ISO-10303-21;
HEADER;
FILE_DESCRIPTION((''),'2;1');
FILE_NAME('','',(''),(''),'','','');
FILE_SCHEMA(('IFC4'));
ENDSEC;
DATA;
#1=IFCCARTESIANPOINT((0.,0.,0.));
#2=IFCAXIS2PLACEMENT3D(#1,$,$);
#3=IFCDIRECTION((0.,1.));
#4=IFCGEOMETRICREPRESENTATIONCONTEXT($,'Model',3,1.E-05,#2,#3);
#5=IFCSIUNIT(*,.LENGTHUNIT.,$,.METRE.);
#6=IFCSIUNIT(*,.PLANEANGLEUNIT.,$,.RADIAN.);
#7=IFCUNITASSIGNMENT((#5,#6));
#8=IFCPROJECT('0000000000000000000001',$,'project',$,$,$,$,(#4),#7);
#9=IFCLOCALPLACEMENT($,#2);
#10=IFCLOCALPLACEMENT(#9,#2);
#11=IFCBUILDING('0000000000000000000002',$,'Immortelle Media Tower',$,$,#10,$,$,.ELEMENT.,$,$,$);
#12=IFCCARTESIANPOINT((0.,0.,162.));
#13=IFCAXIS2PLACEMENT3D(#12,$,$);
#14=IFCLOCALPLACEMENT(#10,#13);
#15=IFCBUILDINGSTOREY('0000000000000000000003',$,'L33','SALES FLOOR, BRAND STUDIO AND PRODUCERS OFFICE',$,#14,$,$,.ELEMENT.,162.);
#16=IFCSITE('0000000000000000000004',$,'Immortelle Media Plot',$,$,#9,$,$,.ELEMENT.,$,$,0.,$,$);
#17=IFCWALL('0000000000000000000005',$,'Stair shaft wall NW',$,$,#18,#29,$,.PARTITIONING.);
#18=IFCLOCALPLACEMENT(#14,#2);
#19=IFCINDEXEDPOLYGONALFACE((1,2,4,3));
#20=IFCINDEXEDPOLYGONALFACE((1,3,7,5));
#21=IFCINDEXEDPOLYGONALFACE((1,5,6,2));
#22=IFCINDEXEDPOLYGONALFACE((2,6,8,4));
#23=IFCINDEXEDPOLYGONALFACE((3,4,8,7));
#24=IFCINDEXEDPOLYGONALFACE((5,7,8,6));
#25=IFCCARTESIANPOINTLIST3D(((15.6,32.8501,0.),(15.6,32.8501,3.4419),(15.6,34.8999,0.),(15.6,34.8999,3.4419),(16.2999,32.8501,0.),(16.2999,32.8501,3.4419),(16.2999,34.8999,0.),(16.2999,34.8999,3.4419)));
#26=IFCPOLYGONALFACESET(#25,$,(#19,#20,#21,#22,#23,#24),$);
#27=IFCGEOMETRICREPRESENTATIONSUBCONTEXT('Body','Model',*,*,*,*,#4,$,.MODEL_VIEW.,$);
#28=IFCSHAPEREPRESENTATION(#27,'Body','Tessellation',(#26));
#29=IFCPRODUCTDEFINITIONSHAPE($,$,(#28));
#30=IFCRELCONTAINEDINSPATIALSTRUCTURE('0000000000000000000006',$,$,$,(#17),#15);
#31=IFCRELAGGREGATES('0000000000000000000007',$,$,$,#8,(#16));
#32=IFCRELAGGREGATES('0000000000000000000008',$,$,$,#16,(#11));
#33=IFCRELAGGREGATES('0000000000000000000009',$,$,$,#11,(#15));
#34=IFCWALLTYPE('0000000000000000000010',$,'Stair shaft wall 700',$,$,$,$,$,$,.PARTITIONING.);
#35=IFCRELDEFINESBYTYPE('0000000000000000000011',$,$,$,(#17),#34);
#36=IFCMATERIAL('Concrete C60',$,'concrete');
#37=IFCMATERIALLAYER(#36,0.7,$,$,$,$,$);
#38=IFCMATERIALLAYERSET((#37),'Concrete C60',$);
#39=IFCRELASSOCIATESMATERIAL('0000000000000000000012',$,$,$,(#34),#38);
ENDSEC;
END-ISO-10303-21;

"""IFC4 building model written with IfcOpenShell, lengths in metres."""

from ifc_helpers import new_model, si_unit, direction, frame, frame_2d, origin, place, context, subcontext, project, spatial, rectangle, extrude, material, layer, layer_set, type_object, element, save


model = new_model("IFC4")

# Units and contexts
model_context = context("Model", 3, precision=1e-05, world=origin(), true_north=direction((0.0, 1.0)))
body_context = subcontext(model_context, "Body", "Model", "MODEL_VIEW")
ifc_project = project(units=[si_unit("LENGTHUNIT", "METRE"), si_unit("PLANEANGLEUNIT", "RADIAN")], contexts=[model_context])

# Site, building, storey
site_placement = place(None, origin())
site = spatial("IfcSite", under=ifc_project, at=site_placement, Name="Immortelle Media Plot", CompositionType="ELEMENT", RefElevation=0.0)
building_placement = place(site_placement, origin())
building = spatial("IfcBuilding", under=site, at=building_placement, Name="Immortelle Media Tower", CompositionType="ELEMENT")
storey_placement = place(building_placement, frame((0.0, 0.0, 162.0)))
storey = spatial("IfcBuildingStorey", under=building, at=storey_placement, Name="L33", Description="SALES FLOOR, BRAND STUDIO AND PRODUCERS OFFICE", CompositionType="ELEMENT", Elevation=162.0)

# Wall
ifc_material_1 = material(Name="Concrete C60", Category="concrete")
ifc_layer_1 = layer(ifc_material_1, 0.7)
ifc_layer_set_1 = layer_set([ifc_layer_1], Name="Concrete C60")
wall_type_1 = type_object("IfcWallType", Name="Stair shaft wall 700", PredefinedType="PARTITIONING", material=ifc_layer_set_1)
wall_1_placement = place(storey_placement, frame((15.95, 32.8501, 0.0), z_axis=(0.0, 0.0, 1.0), x_axis=(0.0, 1.0, 0.0)))
element("IfcWall", 1, at=wall_1_placement, inside=storey, type_object=wall_type_1, Name="Stair shaft wall NW", PredefinedType="PARTITIONING", context=body_context, shape_type="SweptSolid", body=[
    extrude(rectangle(XDim=2.0498, YDim=0.7, at=frame_2d((1.0249, 0.0))), origin(), (0.0, 0.0, 1.0), 3.4419),
])

save(model, "model.ifc")
